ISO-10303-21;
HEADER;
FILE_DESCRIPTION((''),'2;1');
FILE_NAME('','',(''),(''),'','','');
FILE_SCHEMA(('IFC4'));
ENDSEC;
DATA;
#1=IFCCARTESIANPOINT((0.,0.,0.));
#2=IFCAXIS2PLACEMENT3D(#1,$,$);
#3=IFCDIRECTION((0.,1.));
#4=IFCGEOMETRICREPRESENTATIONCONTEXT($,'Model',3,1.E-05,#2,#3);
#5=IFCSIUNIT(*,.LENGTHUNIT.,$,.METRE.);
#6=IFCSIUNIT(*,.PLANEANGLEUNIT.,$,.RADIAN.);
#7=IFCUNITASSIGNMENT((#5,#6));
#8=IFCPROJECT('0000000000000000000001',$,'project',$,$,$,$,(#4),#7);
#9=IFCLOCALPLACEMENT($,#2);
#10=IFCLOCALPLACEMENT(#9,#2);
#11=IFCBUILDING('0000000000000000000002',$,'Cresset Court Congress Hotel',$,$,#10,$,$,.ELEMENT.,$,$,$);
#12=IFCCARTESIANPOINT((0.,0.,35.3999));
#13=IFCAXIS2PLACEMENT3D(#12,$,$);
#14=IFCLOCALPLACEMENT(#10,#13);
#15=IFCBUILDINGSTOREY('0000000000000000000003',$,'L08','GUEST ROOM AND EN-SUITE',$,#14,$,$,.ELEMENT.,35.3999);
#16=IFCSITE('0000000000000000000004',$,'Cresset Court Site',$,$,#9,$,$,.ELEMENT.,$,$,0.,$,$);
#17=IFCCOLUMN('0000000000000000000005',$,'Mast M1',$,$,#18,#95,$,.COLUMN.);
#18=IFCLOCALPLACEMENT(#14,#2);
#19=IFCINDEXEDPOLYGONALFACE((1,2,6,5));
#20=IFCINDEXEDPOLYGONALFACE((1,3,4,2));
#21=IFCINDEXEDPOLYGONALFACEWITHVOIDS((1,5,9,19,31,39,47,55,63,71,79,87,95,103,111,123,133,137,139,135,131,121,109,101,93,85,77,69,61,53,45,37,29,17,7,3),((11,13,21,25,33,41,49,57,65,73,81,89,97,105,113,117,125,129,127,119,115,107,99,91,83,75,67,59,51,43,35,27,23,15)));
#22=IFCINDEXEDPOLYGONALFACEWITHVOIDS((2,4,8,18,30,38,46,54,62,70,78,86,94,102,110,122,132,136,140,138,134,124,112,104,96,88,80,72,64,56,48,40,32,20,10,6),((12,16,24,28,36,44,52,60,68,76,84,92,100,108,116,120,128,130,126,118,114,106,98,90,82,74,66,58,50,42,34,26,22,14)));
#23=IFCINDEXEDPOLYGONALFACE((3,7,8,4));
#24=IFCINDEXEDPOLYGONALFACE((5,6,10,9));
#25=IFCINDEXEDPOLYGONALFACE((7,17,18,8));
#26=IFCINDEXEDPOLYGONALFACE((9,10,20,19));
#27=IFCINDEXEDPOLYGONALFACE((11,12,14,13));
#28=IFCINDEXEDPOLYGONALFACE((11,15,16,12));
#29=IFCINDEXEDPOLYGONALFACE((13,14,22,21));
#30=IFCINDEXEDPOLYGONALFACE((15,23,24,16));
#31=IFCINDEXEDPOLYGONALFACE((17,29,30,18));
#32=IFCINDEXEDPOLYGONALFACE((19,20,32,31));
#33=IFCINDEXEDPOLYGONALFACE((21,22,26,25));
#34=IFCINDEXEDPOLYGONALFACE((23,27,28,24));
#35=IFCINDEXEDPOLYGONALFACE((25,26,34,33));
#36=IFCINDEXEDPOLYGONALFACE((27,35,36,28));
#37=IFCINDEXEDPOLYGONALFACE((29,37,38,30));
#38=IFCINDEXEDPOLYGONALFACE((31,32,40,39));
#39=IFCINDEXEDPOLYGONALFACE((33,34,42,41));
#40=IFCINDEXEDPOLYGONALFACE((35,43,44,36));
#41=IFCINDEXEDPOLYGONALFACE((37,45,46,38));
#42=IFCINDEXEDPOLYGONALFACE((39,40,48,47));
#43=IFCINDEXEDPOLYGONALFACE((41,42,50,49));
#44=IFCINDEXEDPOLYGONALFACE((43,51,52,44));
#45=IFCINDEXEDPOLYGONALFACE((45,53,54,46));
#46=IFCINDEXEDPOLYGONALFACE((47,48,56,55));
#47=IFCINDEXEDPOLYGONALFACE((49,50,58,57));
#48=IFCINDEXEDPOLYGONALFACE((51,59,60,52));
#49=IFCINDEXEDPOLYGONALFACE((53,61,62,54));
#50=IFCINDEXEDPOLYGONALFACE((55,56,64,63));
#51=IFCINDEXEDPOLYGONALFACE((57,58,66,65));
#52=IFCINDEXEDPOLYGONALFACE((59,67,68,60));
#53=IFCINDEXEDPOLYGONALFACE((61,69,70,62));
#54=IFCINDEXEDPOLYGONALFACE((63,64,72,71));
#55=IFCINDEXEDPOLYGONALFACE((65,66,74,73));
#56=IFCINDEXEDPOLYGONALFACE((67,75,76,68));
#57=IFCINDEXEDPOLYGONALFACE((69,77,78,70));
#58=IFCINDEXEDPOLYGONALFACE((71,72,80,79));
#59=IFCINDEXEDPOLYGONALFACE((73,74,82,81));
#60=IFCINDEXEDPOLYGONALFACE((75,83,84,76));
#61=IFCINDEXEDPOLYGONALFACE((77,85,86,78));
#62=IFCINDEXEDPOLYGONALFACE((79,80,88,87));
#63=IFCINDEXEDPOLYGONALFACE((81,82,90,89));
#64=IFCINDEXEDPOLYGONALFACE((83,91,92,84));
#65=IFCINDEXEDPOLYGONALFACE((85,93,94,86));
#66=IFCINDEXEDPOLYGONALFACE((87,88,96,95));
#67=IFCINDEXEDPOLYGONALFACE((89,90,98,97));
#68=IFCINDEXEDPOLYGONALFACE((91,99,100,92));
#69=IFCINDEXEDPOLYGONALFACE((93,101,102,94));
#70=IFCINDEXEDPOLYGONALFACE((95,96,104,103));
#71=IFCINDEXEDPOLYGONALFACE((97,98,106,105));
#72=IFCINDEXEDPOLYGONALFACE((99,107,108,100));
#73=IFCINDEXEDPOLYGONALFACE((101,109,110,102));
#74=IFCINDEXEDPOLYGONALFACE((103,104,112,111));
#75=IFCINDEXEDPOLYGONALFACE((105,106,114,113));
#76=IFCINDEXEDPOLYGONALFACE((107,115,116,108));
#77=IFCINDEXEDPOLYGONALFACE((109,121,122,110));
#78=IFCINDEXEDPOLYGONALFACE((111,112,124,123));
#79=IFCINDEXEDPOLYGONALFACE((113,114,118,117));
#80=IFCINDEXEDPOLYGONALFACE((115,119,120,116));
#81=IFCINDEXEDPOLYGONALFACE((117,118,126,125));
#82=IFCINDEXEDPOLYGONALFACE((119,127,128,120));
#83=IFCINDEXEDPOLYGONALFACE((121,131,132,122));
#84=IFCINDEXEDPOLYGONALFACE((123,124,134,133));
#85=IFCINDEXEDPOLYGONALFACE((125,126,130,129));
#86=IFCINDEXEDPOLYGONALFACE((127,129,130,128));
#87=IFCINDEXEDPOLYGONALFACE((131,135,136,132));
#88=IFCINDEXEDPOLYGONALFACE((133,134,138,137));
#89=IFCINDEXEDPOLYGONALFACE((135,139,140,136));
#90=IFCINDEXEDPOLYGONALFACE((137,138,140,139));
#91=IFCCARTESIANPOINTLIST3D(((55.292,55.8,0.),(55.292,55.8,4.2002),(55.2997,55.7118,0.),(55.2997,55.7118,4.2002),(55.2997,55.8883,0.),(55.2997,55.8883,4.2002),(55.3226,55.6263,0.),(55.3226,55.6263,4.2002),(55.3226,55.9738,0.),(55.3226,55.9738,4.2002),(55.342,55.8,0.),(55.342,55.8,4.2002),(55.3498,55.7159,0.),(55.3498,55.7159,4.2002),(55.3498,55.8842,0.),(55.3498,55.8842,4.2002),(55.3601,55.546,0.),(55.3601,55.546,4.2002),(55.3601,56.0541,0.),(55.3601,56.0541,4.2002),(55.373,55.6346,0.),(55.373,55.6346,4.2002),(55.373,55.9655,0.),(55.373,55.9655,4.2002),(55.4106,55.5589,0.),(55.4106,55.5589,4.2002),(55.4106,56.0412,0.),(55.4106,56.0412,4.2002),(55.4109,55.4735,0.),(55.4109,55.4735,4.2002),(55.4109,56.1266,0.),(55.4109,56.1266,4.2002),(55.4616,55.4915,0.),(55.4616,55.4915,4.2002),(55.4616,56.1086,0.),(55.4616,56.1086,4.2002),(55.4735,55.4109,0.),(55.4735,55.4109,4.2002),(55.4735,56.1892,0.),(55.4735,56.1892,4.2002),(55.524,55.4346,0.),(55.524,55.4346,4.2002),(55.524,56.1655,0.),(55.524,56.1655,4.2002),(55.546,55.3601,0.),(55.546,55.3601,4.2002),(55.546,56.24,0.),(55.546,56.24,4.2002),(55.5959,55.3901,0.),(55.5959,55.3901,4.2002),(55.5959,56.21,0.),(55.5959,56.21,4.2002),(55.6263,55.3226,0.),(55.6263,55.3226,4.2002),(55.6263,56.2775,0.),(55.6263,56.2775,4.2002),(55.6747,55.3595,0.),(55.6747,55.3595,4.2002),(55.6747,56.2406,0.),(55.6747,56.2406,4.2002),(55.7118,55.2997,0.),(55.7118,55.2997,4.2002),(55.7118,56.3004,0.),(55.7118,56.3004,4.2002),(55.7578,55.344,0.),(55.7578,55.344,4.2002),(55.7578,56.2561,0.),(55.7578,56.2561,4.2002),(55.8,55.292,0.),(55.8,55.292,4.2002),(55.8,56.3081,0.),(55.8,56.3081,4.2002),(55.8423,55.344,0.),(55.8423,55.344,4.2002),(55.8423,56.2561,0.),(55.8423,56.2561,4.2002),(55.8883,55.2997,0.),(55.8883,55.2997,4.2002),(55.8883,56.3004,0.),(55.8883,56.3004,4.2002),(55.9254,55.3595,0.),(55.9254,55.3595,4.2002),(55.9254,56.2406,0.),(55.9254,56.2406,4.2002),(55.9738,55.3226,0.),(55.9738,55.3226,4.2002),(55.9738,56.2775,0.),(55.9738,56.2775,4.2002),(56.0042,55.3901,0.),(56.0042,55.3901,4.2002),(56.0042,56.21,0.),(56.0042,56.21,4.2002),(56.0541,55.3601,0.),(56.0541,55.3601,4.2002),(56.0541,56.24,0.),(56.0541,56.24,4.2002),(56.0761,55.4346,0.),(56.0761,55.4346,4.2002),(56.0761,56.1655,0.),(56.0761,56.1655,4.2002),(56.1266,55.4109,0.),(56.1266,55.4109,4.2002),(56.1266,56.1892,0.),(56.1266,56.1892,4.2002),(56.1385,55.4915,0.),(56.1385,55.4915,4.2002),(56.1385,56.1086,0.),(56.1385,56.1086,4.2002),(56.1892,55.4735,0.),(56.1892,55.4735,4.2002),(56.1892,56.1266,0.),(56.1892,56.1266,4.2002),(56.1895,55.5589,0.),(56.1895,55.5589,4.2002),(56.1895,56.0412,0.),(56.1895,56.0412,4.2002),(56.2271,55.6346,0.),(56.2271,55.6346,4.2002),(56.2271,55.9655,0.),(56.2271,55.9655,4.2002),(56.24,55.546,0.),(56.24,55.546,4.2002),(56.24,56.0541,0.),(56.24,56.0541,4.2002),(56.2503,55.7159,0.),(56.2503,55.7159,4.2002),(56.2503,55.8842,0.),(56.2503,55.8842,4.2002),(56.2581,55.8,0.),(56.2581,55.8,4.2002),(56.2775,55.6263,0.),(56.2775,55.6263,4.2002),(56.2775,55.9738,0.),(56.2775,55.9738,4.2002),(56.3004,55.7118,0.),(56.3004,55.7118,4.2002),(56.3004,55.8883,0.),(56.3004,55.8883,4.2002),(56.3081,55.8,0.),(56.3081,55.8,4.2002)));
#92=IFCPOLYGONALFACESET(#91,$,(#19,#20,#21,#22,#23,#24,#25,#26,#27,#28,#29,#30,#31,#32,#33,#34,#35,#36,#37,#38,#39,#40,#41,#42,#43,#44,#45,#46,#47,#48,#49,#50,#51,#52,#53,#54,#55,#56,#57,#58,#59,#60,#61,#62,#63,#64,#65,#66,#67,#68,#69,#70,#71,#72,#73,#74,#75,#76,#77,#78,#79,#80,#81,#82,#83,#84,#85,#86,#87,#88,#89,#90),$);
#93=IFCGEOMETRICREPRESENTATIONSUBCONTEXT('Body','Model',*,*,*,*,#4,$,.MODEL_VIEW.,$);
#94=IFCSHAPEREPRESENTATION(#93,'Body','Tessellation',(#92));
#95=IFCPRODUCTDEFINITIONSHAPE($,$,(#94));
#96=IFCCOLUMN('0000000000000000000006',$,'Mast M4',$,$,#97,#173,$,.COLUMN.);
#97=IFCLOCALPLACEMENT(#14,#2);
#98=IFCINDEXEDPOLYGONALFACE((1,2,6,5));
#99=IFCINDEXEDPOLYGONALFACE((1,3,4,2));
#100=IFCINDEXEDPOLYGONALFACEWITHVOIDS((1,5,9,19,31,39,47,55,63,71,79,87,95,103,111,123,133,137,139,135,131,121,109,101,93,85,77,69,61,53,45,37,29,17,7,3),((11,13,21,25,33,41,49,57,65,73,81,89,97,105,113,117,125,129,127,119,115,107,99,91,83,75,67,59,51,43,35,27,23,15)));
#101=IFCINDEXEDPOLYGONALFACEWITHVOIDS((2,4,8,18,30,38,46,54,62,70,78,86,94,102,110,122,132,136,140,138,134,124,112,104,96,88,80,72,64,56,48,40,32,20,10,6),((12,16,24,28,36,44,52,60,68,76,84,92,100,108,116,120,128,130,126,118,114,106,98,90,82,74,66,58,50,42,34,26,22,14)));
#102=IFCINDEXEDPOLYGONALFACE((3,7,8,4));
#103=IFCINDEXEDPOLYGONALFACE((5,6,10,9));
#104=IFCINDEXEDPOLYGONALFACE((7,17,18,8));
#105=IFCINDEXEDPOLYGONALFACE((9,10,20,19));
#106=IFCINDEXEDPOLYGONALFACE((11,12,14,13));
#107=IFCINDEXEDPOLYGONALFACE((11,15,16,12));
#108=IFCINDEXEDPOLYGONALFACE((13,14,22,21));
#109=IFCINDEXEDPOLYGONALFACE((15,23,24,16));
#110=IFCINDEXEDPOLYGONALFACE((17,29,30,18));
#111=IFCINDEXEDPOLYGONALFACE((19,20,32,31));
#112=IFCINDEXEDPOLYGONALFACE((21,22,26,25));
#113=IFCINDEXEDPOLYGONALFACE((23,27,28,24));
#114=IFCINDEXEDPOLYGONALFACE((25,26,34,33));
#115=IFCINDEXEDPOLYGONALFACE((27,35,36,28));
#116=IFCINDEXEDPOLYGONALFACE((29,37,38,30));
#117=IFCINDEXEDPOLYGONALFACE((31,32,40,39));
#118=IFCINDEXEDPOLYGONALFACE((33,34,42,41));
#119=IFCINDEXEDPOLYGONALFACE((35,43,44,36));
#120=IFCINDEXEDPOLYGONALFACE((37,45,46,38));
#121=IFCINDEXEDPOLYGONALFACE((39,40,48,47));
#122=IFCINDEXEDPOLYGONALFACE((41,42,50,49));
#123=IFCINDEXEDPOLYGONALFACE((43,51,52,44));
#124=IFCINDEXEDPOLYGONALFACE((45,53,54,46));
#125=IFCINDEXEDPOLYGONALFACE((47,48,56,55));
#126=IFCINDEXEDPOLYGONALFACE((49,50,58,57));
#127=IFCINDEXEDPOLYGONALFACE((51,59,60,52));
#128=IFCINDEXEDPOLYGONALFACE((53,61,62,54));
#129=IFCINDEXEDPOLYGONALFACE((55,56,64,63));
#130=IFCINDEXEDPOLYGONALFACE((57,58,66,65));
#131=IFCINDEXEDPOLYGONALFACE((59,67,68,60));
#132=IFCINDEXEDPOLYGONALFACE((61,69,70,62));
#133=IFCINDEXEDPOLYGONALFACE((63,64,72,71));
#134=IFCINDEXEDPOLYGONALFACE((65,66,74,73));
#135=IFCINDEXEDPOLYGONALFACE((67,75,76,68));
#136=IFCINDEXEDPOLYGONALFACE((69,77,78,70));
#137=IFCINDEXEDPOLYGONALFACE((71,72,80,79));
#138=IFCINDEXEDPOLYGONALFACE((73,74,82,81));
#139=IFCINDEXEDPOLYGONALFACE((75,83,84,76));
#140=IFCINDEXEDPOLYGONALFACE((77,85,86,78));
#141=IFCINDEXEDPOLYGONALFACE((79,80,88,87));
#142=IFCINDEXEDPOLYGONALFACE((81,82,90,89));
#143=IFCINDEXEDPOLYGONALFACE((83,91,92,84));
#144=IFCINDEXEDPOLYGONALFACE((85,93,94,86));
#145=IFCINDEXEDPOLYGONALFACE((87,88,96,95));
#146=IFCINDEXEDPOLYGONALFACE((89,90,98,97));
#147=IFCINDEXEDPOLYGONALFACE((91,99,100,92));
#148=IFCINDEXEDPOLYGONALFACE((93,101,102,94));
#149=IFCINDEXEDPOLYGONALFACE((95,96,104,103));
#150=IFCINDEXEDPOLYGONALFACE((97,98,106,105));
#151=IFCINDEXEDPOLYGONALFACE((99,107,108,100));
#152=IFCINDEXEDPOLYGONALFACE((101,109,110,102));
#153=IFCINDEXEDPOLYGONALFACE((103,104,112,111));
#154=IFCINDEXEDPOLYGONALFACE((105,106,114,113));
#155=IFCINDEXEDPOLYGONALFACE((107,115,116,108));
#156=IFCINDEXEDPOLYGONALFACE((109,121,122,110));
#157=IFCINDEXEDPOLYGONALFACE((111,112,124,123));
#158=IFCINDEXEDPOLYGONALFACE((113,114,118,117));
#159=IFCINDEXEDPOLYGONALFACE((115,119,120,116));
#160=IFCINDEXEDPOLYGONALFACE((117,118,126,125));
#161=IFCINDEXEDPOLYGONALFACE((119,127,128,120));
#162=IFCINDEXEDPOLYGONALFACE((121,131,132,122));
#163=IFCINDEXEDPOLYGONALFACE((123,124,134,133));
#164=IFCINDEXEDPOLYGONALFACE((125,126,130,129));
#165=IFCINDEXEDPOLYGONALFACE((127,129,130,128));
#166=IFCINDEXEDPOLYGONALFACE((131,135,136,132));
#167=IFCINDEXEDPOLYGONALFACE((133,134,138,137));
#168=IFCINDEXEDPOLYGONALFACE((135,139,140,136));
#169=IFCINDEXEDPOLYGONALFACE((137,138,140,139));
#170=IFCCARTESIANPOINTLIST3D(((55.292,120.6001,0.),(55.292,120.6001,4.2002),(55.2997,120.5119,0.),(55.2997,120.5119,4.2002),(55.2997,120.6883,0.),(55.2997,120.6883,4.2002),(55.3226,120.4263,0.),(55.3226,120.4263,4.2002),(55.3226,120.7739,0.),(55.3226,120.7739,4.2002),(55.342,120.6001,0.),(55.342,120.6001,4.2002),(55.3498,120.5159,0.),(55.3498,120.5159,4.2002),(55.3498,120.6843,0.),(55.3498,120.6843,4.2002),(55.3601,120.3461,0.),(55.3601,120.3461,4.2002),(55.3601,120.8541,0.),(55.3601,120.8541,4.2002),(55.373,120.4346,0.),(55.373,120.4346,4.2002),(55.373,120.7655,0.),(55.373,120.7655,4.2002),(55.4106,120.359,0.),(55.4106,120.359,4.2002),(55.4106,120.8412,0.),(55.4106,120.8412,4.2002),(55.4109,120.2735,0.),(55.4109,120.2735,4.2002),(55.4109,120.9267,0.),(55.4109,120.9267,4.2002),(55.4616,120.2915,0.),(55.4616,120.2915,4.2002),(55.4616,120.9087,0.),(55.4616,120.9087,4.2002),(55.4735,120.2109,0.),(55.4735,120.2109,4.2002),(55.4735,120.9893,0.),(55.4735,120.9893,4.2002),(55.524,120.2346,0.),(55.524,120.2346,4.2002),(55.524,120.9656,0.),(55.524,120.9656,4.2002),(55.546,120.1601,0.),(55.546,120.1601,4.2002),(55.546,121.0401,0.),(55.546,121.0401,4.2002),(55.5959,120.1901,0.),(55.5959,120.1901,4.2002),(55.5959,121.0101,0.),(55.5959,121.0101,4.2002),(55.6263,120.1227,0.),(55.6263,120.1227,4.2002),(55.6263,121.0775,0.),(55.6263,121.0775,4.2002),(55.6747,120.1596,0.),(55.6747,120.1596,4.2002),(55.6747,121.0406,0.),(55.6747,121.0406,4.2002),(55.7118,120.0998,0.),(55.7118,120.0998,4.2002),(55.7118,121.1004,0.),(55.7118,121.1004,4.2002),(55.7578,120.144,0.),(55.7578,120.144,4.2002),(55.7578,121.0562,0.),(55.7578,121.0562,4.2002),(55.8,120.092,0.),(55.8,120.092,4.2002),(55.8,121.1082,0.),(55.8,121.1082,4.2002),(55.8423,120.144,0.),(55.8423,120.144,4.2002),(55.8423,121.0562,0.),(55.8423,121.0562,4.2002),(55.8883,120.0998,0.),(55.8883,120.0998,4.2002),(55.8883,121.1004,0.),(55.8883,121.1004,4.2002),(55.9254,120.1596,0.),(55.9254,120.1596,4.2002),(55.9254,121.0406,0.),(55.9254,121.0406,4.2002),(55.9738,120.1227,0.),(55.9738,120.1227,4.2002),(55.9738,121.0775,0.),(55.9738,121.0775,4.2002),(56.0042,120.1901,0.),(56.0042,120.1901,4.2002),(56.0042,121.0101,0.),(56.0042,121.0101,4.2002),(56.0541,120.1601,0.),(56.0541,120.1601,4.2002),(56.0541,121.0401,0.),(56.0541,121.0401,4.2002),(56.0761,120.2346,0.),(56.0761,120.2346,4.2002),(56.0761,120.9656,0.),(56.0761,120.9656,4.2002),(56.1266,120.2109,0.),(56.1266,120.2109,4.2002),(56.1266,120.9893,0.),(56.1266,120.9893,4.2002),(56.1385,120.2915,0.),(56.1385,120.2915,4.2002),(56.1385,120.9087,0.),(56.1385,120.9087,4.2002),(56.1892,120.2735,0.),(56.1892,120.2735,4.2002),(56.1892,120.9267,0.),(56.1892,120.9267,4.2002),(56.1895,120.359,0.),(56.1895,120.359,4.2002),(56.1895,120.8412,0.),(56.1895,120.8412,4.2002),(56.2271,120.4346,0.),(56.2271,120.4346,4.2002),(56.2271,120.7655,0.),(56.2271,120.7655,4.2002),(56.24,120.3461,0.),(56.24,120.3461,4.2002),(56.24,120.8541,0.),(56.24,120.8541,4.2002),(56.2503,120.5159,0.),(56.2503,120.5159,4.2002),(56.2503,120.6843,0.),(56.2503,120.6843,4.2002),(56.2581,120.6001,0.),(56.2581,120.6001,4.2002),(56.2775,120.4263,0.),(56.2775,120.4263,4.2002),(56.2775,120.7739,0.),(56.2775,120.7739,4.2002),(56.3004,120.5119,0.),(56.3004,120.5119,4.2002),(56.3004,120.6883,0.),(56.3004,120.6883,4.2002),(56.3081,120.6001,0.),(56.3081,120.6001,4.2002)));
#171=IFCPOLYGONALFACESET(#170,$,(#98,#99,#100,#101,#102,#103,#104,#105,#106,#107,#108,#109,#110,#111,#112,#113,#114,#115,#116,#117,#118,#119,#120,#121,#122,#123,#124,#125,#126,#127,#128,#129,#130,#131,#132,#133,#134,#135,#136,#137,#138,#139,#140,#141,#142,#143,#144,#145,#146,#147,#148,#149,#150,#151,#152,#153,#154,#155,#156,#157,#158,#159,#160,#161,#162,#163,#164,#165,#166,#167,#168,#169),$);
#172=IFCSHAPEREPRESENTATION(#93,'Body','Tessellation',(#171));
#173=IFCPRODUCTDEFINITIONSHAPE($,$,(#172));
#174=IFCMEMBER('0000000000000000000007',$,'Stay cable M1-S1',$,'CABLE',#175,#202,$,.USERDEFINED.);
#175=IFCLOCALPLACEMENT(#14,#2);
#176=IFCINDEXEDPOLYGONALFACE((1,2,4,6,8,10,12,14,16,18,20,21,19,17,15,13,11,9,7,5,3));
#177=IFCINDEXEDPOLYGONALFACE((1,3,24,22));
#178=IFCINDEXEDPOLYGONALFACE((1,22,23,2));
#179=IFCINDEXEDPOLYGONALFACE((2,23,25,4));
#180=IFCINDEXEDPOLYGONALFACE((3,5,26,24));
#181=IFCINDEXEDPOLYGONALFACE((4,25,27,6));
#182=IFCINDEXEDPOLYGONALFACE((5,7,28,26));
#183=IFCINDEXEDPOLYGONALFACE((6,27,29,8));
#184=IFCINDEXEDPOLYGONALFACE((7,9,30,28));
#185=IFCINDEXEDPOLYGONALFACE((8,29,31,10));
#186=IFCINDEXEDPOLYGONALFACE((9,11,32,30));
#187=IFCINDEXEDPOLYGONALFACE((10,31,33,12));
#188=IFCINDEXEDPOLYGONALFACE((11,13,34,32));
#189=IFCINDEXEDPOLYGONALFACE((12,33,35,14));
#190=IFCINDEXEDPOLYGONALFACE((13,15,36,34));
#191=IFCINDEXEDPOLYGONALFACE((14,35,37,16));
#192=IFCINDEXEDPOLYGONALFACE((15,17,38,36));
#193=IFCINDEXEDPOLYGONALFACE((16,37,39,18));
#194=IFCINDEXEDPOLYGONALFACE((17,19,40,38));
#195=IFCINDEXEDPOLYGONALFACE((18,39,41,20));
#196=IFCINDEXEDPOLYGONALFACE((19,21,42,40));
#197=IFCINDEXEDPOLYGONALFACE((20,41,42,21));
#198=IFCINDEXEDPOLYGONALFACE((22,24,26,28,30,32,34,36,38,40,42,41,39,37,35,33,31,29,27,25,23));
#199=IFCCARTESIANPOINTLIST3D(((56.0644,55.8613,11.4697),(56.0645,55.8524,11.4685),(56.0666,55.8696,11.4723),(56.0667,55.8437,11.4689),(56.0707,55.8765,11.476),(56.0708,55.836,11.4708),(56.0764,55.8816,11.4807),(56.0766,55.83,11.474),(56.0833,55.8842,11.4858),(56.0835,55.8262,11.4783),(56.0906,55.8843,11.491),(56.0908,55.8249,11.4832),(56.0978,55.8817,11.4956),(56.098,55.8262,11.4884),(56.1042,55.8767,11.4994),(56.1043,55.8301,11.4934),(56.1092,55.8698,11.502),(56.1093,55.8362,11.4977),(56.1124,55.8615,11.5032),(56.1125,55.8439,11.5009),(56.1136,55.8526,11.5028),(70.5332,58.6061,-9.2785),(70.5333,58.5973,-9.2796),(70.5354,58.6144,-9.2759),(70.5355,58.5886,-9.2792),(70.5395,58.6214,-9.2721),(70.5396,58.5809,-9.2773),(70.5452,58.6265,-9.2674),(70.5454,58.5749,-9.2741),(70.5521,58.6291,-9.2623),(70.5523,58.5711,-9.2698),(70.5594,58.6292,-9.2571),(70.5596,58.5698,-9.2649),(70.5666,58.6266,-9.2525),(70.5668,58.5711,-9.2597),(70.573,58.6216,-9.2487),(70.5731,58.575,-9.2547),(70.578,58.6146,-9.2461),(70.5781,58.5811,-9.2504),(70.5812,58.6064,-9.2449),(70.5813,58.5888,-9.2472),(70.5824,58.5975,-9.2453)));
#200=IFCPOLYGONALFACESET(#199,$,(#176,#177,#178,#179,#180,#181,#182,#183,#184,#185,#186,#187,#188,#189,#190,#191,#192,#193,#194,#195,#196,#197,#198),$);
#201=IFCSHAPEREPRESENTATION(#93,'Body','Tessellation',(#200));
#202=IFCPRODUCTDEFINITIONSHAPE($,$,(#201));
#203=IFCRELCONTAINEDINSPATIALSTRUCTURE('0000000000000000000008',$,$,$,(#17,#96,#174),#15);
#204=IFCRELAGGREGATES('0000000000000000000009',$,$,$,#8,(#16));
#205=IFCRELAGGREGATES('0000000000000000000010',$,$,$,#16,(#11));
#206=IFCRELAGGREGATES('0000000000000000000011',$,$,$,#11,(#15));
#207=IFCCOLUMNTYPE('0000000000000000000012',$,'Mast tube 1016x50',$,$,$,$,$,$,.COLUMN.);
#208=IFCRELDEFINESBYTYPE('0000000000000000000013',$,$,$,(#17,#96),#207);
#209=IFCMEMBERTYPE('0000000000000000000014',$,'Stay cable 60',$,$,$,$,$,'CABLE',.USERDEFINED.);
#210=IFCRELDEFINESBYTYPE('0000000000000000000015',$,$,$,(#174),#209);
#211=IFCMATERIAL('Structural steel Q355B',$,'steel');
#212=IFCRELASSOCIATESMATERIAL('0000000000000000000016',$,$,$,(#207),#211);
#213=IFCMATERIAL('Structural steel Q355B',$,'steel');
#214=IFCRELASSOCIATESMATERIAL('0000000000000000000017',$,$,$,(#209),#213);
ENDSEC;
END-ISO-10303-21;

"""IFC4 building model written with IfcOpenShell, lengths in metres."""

from ifc_helpers import new_model, si_unit, direction, frame, origin, origin_2d, place, context, subcontext, project, spatial, circle, hollow_circle, extrude, material, material_profile, profile_set, type_object, element, save


model = new_model("IFC4")

# Units and contexts
model_context = context("Model", 3, precision=1e-05, world=origin(), true_north=direction((0.0, 1.0)))
body_context = subcontext(model_context, "Body", "Model", "MODEL_VIEW")
ifc_project = project(units=[si_unit("LENGTHUNIT", "METRE"), si_unit("PLANEANGLEUNIT", "RADIAN")], contexts=[model_context])

# Site, building, storey
site_placement = place(None, origin())
site = spatial("IfcSite", under=ifc_project, at=site_placement, Name="Cresset Court Site", CompositionType="ELEMENT", RefElevation=0.0)
building_placement = place(site_placement, origin())
building = spatial("IfcBuilding", under=site, at=building_placement, Name="Cresset Court Congress Hotel", CompositionType="ELEMENT")
storey_placement = place(building_placement, frame((0.0, 0.0, 35.3999)))
storey = spatial("IfcBuildingStorey", under=building, at=storey_placement, Name="L08", Description="GUEST ROOM AND EN-SUITE", CompositionType="ELEMENT", Elevation=35.3999)

# Columns
ifc_material_1 = material(Name="Structural steel Q355B", Category="steel")
ifc_material_profile_1 = material_profile(ifc_material_1, hollow_circle(Radius=0.5081, WallThickness=0.05, at=origin_2d()), Name="CHS1016x50")
ifc_profile_set_1 = profile_set([ifc_material_profile_1], Name="Structural steel Q355B")
column_type = type_object("IfcColumnType", Name="Mast tube 1016x50", PredefinedType="COLUMN", material=ifc_profile_set_1)
for number, where, z_axis, x_axis, name in (
    (1, (55.8, 55.8, 0.0), (0.0, 0.0, 1.0), (1.0, 0.0, 0.0), "Mast M1"),
    (2, (55.8, 120.6001, 0.0), (0.0, 0.0, 1.0), (1.0, 0.0, 0.0), "Mast M4"),
):
    element("IfcColumn", number, at=place(storey_placement, frame(where, z_axis=z_axis, x_axis=x_axis)), inside=storey, type_object=column_type, Name=name, PredefinedType="COLUMN", context=body_context, shape_type="SweptSolid", body=[
        extrude(hollow_circle(Radius=0.5081, WallThickness=0.05, at=origin_2d()), origin(), (0.0, 0.0, 1.0), 4.2002),
    ])

# Member
ifc_material_2 = material(Name="Structural steel Q355B", Category="steel")
ifc_material_profile_2 = material_profile(ifc_material_2, circle(Radius=0.03, at=origin_2d()), Name="CABLE60")
ifc_profile_set_2 = profile_set([ifc_material_profile_2], Name="Structural steel Q355B")
member_type = type_object("IfcMemberType", Name="Stay cable 60", ElementType="CABLE", PredefinedType="USERDEFINED", material=ifc_profile_set_2)
member_1_placement = place(storey_placement, frame((56.0889, 55.8547, 11.4858), z_axis=(0.568667, 0.107882, -0.815463), x_axis=(-0.186386, 0.982477, 0.0)))
element("IfcMember", 3, at=member_1_placement, inside=storey, type_object=member_type, Name="Stay cable M1-S1", ObjectType="CABLE", PredefinedType="USERDEFINED", context=body_context, shape_type="SweptSolid", body=[
    extrude(circle(Radius=0.03, at=origin_2d()), origin(), (0.0, 0.0, 1.0), 25.4434),
])

save(model, "model.ifc")
